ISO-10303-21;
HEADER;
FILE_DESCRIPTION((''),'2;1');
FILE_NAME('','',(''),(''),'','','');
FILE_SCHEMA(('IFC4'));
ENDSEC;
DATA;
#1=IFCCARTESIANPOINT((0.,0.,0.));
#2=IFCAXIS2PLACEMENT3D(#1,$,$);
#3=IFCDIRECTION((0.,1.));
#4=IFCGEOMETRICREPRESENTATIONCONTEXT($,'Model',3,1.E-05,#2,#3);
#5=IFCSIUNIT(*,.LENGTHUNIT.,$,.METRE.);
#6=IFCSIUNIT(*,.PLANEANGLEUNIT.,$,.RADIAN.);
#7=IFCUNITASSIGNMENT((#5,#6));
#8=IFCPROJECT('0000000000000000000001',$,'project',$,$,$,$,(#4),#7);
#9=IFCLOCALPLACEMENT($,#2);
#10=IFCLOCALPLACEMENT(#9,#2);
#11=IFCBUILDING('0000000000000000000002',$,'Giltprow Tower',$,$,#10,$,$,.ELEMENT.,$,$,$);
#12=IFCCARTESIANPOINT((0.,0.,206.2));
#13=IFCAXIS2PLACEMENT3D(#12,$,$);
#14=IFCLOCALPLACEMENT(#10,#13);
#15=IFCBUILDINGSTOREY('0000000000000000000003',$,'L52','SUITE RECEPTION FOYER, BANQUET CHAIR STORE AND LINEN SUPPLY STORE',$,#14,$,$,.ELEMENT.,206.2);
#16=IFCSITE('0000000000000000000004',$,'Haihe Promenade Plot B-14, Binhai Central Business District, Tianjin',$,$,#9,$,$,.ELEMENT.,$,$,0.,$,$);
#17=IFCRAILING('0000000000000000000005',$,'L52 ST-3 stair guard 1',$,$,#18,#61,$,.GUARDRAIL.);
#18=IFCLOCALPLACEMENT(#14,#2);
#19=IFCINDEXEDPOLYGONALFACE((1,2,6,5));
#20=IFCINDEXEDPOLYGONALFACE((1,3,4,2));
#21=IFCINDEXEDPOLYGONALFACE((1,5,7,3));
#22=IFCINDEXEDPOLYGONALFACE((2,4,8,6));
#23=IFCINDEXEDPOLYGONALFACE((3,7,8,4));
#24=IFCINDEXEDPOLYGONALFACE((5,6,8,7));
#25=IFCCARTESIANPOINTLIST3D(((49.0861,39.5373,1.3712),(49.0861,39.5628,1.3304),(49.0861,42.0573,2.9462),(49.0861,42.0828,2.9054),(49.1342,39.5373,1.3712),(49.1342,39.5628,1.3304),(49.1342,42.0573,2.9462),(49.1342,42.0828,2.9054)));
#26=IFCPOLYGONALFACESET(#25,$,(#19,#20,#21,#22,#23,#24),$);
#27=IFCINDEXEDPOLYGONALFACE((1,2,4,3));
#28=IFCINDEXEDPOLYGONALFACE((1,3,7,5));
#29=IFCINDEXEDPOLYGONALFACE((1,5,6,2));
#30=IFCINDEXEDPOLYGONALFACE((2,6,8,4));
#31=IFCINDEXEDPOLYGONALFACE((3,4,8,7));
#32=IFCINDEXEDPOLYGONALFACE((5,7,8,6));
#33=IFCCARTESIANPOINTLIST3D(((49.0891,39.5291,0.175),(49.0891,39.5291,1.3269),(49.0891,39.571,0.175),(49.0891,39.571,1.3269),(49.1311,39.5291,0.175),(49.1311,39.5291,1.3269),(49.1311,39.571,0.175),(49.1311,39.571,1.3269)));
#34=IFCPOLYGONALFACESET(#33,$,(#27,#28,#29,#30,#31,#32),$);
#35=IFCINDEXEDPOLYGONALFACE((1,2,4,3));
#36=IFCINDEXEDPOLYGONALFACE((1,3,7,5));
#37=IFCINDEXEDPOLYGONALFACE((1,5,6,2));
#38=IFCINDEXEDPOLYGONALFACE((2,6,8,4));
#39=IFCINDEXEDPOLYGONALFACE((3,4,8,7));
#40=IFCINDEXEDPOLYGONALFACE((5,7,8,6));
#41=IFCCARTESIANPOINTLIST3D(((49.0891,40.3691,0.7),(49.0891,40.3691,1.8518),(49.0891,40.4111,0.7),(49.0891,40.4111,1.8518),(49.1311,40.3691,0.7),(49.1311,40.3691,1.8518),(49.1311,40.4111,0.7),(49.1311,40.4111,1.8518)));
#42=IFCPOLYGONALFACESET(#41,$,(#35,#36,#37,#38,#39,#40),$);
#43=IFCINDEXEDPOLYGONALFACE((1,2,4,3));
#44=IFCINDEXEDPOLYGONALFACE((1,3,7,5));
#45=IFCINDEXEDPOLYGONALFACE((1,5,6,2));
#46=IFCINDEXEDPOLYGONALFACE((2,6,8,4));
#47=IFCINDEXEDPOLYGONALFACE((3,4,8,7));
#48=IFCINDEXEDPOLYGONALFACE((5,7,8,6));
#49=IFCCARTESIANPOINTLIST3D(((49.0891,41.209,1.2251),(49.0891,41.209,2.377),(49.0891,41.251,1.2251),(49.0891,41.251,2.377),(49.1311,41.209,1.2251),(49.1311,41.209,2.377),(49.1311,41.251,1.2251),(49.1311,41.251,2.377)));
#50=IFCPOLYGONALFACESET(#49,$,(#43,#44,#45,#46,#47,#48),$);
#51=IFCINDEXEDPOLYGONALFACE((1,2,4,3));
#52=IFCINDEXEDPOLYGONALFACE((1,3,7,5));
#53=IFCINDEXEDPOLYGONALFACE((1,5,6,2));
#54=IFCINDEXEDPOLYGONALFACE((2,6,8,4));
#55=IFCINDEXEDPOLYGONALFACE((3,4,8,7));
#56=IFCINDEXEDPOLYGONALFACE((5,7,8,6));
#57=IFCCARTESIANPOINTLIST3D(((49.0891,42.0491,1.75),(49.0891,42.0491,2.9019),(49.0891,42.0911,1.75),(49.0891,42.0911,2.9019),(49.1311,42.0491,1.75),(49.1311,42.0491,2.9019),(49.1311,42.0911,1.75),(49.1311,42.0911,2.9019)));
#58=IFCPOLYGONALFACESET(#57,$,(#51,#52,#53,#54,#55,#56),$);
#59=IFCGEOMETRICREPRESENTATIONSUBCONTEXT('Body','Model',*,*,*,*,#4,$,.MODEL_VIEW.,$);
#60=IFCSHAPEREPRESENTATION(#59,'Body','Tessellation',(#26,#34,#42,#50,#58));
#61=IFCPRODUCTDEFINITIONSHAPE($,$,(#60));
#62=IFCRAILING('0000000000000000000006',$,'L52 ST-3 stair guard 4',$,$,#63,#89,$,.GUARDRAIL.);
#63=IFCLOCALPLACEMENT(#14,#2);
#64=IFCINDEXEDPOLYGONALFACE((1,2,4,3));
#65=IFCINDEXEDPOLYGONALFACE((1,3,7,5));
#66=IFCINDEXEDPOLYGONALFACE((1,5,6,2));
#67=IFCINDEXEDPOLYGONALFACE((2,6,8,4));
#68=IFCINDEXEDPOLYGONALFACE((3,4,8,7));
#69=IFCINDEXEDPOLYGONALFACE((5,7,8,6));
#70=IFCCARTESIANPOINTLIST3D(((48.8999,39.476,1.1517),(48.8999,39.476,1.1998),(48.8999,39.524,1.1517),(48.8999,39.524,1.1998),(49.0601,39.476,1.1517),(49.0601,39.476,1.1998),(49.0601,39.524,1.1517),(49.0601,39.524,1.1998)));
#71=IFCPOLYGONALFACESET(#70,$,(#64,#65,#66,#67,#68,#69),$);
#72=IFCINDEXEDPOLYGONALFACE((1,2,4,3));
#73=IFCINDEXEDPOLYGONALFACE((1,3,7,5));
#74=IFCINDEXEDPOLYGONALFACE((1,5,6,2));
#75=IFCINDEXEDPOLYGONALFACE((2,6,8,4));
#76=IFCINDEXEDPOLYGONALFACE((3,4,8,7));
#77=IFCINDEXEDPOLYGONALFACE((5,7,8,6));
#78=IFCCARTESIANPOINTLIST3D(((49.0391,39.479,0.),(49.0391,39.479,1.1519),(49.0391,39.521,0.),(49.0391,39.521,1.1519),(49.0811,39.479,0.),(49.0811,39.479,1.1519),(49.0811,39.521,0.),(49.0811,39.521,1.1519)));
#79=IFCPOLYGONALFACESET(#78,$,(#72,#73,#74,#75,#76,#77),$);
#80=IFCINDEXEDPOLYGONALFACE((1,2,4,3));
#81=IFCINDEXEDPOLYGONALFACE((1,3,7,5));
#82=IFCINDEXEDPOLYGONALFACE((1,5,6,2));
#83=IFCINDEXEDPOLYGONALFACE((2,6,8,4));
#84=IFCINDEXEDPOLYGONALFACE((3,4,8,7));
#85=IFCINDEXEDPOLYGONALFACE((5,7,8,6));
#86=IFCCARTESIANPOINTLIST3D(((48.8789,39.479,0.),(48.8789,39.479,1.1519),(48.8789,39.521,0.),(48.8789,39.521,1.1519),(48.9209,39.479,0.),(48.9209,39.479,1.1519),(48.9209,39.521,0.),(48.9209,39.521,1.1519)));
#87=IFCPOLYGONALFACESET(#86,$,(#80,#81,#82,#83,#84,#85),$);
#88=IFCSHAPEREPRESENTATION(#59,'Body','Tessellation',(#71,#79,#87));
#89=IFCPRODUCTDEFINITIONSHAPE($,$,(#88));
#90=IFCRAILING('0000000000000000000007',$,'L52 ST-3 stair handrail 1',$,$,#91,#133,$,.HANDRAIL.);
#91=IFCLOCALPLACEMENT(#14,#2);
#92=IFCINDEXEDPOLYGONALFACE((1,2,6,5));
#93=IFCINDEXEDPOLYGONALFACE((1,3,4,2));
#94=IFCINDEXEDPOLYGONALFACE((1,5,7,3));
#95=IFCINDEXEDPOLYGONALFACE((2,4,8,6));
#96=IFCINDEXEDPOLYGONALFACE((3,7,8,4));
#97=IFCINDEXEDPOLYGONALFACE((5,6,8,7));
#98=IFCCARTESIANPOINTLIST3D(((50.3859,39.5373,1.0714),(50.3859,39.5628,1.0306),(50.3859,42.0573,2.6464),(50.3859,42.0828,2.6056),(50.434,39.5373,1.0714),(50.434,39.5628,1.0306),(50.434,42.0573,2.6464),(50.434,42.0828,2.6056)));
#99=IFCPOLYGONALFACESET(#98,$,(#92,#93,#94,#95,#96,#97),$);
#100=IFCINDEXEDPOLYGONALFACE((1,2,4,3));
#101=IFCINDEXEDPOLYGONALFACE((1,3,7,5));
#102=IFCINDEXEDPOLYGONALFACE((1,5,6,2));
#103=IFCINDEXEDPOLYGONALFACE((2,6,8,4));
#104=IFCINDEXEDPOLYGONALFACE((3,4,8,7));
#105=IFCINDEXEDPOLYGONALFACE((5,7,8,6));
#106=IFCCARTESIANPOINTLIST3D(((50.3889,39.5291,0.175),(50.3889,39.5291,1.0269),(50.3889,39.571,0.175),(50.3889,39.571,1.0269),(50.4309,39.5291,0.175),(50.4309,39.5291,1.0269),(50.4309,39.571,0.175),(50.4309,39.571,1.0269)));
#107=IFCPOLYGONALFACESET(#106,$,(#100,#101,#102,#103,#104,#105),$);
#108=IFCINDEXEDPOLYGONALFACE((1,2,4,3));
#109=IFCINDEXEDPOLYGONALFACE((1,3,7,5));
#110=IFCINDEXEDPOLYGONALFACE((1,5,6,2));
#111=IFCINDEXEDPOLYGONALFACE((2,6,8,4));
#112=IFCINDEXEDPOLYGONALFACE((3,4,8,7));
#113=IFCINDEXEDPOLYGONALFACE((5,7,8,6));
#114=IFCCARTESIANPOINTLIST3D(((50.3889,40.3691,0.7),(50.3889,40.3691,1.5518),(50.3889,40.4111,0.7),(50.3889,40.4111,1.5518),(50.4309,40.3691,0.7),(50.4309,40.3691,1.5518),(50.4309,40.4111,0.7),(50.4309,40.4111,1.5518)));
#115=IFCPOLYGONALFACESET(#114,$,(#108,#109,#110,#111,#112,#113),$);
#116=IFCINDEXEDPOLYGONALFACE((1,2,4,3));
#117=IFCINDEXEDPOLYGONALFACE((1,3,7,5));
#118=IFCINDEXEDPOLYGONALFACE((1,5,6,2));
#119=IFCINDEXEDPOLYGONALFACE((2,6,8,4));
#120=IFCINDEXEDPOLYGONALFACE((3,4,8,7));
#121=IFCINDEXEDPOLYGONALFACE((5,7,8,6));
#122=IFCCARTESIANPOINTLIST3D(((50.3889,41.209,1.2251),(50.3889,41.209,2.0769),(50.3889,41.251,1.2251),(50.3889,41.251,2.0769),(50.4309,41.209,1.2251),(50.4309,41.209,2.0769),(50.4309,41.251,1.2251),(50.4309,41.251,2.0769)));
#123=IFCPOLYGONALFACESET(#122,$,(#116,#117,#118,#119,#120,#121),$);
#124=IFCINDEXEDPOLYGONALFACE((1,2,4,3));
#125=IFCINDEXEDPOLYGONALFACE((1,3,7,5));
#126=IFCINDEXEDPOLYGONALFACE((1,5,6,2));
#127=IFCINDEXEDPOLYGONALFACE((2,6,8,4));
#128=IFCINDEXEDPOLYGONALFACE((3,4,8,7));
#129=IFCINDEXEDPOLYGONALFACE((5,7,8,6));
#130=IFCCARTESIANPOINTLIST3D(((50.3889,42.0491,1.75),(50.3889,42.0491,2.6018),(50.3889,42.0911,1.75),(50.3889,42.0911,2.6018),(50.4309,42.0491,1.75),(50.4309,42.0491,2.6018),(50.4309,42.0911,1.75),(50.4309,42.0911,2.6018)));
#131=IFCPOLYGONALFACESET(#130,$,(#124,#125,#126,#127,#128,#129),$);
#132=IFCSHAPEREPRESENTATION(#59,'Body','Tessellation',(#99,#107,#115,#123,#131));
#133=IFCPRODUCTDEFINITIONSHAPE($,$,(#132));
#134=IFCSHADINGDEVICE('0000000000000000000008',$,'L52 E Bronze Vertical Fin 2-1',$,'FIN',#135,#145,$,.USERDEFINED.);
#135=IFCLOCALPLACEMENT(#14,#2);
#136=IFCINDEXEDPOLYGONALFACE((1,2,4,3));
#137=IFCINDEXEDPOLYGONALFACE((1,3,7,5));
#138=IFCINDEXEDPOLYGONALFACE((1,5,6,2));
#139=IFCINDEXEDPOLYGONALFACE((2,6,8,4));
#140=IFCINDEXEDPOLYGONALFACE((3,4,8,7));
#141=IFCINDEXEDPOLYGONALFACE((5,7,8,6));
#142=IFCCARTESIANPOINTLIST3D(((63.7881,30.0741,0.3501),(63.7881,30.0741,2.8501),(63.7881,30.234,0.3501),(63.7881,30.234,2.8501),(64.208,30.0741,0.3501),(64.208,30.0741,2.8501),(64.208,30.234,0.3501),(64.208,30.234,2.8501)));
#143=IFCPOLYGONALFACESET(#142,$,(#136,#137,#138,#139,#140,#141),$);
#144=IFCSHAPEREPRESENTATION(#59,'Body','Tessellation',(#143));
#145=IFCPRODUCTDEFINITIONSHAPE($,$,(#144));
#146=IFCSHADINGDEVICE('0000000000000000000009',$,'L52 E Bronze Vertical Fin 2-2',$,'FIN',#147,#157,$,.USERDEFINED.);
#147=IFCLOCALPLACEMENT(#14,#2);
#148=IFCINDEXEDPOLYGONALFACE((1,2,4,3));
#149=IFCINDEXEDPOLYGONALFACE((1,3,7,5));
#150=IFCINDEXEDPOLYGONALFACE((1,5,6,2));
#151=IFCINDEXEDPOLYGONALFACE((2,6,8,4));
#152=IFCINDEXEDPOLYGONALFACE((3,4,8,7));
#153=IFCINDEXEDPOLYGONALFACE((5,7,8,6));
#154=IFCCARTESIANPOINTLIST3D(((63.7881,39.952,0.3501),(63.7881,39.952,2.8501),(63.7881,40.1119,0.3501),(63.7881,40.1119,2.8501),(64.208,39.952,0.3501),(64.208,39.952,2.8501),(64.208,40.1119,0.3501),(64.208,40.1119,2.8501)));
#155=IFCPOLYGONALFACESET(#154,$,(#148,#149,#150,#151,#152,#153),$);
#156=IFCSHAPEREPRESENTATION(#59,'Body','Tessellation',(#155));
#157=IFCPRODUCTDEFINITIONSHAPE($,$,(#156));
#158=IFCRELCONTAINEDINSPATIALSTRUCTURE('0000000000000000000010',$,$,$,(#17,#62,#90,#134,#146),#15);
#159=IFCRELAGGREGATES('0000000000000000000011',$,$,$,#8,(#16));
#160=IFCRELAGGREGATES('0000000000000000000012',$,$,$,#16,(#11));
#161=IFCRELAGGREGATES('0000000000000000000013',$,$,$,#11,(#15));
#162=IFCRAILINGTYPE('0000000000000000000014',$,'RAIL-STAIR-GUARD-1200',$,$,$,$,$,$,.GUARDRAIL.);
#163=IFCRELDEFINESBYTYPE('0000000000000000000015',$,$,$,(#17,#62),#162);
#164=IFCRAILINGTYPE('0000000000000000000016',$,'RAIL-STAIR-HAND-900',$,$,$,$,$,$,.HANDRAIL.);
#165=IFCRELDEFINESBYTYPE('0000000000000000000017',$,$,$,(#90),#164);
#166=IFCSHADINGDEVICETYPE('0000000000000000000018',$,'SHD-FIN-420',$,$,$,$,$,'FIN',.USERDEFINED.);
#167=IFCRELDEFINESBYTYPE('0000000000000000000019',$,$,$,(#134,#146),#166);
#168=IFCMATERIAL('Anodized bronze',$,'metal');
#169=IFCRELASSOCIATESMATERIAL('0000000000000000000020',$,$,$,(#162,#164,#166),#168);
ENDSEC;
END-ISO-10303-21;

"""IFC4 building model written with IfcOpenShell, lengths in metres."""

from ifc_helpers import new_model, si_unit, direction, frame, origin, origin_2d, place, context, subcontext, project, spatial, rectangle, extrude, source, transform, mapped, material, type_object, element, save


model = new_model("IFC4")

# Units and contexts
model_context = context("Model", 3, precision=1e-05, world=origin(), true_north=direction((0.0, 1.0)))
body_context = subcontext(model_context, "Body", "Model", "MODEL_VIEW")
ifc_project = project(units=[si_unit("LENGTHUNIT", "METRE"), si_unit("PLANEANGLEUNIT", "RADIAN")], contexts=[model_context])

# Site, building, storey
site_placement = place(None, origin())
site = spatial("IfcSite", under=ifc_project, at=site_placement, Name="Haihe Promenade Plot B-14, Binhai Central Business District, Tianjin", CompositionType="ELEMENT", RefElevation=0.0)
building_placement = place(site_placement, origin())
building = spatial("IfcBuilding", under=site, at=building_placement, Name="Giltprow Tower", CompositionType="ELEMENT")
storey_placement = place(building_placement, frame((0.0, 0.0, 206.2)))
storey = spatial("IfcBuildingStorey", under=building, at=storey_placement, Name="L52", Description="SUITE RECEPTION FOYER, BANQUET CHAIR STORE AND LINEN SUPPLY STORE", CompositionType="ELEMENT", Elevation=206.2)

# Railings
ifc_material_1 = material(Name="Anodized bronze", Category="metal")
railing_type_1 = type_object("IfcRailingType", Name="RAIL-STAIR-GUARD-1200", PredefinedType="GUARDRAIL", material=ifc_material_1)
railing_1_placement = place(storey_placement, frame((49.1101, 39.55, 0.175)))
element("IfcRailing", 1, at=railing_1_placement, inside=storey, type_object=railing_type_1, Name="L52 ST-3 stair guard 1", PredefinedType="GUARDRAIL", context=body_context, shape_type="SweptSolid", body=[
    extrude(rectangle(XDim=0.0481, YDim=0.0481, at=origin_2d()), frame((0.0, 0.0, 1.1758), z_axis=(0.0, 0.848008, 0.529984), x_axis=(-1.0, 0.0, 0.0)), (0.0, 0.0, 1.0), 2.9717),
    extrude(rectangle(XDim=0.042, YDim=0.042, at=origin_2d()), origin(), (0.0, 0.0, 1.0), 1.1519),
    extrude(rectangle(XDim=0.042, YDim=0.042, at=origin_2d()), frame((0.0, 0.8401, 0.5249)), (0.0, 0.0, 1.0), 1.1519),
    extrude(rectangle(XDim=0.042, YDim=0.042, at=origin_2d()), frame((0.0, 1.6799, 1.05)), (0.0, 0.0, 1.0), 1.1519),
    extrude(rectangle(XDim=0.042, YDim=0.042, at=origin_2d()), frame((0.0, 2.52, 1.575)), (0.0, 0.0, 1.0), 1.1519),
])
railing_2_placement = place(storey_placement, frame((49.0601, 39.5, 0.0)))
element("IfcRailing", 2, at=railing_2_placement, inside=storey, type_object=railing_type_1, Name="L52 ST-3 stair guard 4", PredefinedType="GUARDRAIL", context=body_context, shape_type="SweptSolid", body=[
    extrude(rectangle(XDim=0.0481, YDim=0.0481, at=origin_2d()), frame((0.0, 0.0, 1.1758), z_axis=(-1.0, 0.0, 0.0), x_axis=(0.0, -1.0, 0.0)), (0.0, 0.0, 1.0), 0.1602),
    extrude(rectangle(XDim=0.042, YDim=0.042, at=origin_2d()), origin(), (0.0, 0.0, 1.0), 1.1519),
    extrude(rectangle(XDim=0.042, YDim=0.042, at=origin_2d()), frame((-0.1602, 0.0, 0.0)), (0.0, 0.0, 1.0), 1.1519),
])
railing_type_2 = type_object("IfcRailingType", Name="RAIL-STAIR-HAND-900", PredefinedType="HANDRAIL", material=ifc_material_1)
railing_3_placement = place(storey_placement, frame((50.4099, 39.55, 0.175)))
element("IfcRailing", 3, at=railing_3_placement, inside=storey, type_object=railing_type_2, Name="L52 ST-3 stair handrail 1", PredefinedType="HANDRAIL", context=body_context, shape_type="SweptSolid", body=[
    extrude(rectangle(XDim=0.0481, YDim=0.0481, at=origin_2d()), frame((0.0, 0.0, 0.876), z_axis=(0.0, 0.848008, 0.529984), x_axis=(-1.0, 0.0, 0.0)), (0.0, 0.0, 1.0), 2.9717),
    extrude(rectangle(XDim=0.042, YDim=0.042, at=origin_2d()), origin(), (0.0, 0.0, 1.0), 0.8518),
    extrude(rectangle(XDim=0.042, YDim=0.042, at=origin_2d()), frame((0.0, 0.8401, 0.5249)), (0.0, 0.0, 1.0), 0.8518),
    extrude(rectangle(XDim=0.042, YDim=0.042, at=origin_2d()), frame((0.0, 1.6799, 1.05)), (0.0, 0.0, 1.0), 0.8518),
    extrude(rectangle(XDim=0.042, YDim=0.042, at=origin_2d()), frame((0.0, 2.52, 1.575)), (0.0, 0.0, 1.0), 0.8518),
])

# Shading devices
shading_device_type = type_object("IfcShadingDeviceType", Name="SHD-FIN-420", ElementType="FIN", PredefinedType="USERDEFINED", material=ifc_material_1)
shared_shape_1 = source(origin(), body_context, "Body", "SweptSolid", [
    extrude(rectangle(XDim=0.4199, YDim=0.1599, at=origin_2d()), origin(), (0.0, 0.0, 1.0), 2.5),
])
for number, where, z_axis, x_axis, name in (
    (4, (63.998, 30.1541, 0.3501), (0.0, 0.0, 1.0), (1.0, 0.0, 0.0), "L52 E Bronze Vertical Fin 2-1"),
    (5, (63.998, 40.032, 0.3501), (0.0, 0.0, 1.0), (1.0, 0.0, 0.0), "L52 E Bronze Vertical Fin 2-2"),
):
    element("IfcShadingDevice", number, at=place(storey_placement, frame(where, z_axis=z_axis, x_axis=x_axis)), inside=storey, type_object=shading_device_type, Name=name, ObjectType="FIN", PredefinedType="USERDEFINED", context=body_context, shape_type="MappedRepresentation", body=[
        mapped(shared_shape_1, transform((0.0, 0.0, 0.0), x_axis=(1.0, 0.0, 0.0), y_axis=(0.0, 1.0, 0.0), z_axis=(0.0, 0.0, 1.0), scale=1.0)),
    ])

save(model, "model.ifc")
